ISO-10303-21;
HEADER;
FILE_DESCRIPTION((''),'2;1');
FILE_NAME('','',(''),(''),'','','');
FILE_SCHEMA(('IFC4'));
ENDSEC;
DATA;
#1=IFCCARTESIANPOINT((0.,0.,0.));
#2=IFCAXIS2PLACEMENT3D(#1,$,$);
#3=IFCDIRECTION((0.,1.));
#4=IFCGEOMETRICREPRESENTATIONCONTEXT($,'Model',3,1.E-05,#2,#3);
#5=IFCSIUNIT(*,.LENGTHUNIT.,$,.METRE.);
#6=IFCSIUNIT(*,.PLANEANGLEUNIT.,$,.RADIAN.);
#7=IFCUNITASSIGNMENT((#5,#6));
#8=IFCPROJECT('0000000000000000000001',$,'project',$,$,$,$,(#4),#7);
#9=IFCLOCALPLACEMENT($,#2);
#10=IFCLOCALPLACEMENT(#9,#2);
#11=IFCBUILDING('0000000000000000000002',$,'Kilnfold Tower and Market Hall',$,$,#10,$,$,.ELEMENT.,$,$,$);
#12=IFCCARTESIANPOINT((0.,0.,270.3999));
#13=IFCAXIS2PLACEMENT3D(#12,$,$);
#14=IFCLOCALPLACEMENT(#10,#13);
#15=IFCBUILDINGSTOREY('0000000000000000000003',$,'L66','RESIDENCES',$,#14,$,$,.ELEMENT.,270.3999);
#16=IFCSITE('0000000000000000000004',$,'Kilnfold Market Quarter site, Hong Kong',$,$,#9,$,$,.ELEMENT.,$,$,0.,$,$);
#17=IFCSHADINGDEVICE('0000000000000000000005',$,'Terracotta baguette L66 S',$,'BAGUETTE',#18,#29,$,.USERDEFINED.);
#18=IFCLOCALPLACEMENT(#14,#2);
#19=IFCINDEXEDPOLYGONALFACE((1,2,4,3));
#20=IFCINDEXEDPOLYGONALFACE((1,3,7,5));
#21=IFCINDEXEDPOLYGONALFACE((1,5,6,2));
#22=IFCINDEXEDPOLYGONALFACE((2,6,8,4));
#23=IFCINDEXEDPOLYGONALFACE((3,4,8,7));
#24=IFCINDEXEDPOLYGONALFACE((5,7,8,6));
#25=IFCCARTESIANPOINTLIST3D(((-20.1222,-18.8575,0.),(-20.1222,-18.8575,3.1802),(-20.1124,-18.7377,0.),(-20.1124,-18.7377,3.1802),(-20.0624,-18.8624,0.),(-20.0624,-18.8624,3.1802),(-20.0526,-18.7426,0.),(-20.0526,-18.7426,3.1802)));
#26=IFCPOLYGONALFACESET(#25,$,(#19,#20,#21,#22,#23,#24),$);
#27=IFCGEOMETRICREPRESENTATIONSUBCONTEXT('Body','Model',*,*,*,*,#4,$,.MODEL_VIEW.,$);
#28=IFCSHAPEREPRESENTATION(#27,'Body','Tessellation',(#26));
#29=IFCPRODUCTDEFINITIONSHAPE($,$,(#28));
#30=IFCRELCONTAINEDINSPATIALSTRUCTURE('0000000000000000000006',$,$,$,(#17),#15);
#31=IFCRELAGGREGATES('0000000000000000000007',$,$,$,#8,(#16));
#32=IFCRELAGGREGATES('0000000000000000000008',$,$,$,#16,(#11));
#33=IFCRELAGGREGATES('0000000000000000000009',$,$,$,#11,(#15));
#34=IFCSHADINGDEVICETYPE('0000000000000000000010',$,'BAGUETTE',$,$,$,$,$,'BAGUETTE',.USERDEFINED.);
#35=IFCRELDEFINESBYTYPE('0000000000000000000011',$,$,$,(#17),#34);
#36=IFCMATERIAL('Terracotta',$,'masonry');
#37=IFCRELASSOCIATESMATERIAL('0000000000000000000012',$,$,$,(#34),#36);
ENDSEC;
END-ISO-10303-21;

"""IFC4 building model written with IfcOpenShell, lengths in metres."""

from ifc_helpers import new_model, si_unit, direction, frame, origin, origin_2d, place, context, subcontext, project, spatial, rectangle, extrude, source, transform, mapped, material, material_profile, profile_set, type_object, element, save


model = new_model("IFC4")

# Units and contexts
model_context = context("Model", 3, precision=1e-05, world=origin(), true_north=direction((0.0, 1.0)))
body_context = subcontext(model_context, "Body", "Model", "MODEL_VIEW")
ifc_project = project(units=[si_unit("LENGTHUNIT", "METRE"), si_unit("PLANEANGLEUNIT", "RADIAN")], contexts=[model_context])

# Site, building, storey
site_placement = place(None, origin())
site = spatial("IfcSite", under=ifc_project, at=site_placement, Name="Kilnfold Market Quarter site, Hong Kong", CompositionType="ELEMENT", RefElevation=0.0)
building_placement = place(site_placement, origin())
building = spatial("IfcBuilding", under=site, at=building_placement, Name="Kilnfold Tower and Market Hall", CompositionType="ELEMENT")
storey_placement = place(building_placement, frame((0.0, 0.0, 270.3999)))
storey = spatial("IfcBuildingStorey", under=building, at=storey_placement, Name="L66", Description="RESIDENCES", CompositionType="ELEMENT", Elevation=270.3999)

# Shading device
ifc_material_1 = material(Name="Terracotta", Category="masonry")
ifc_material_profile_1 = material_profile(ifc_material_1, rectangle(XDim=0.0601, YDim=0.1201, at=origin_2d()), Name="BAG 60x120")
ifc_profile_set_1 = profile_set([ifc_material_profile_1], Name="Terracotta")
shading_device_type = type_object("IfcShadingDeviceType", Name="BAGUETTE", ElementType="BAGUETTE", PredefinedType="USERDEFINED", material=ifc_profile_set_1)
shared_shape_1 = source(origin(), body_context, "Body", "SweptSolid", [
    extrude(rectangle(XDim=0.0601, YDim=0.1201, at=origin_2d()), origin(), (0.0, 0.0, 1.0), 3.1802),
])
shading_device_placement = place(storey_placement, frame((-20.0874, -18.8, 0.0), z_axis=(0.0, 0.0, 1.0), x_axis=(0.996669, -0.081549, 0.0)))
element("IfcShadingDevice", 1, at=shading_device_placement, inside=storey, type_object=shading_device_type, Name="Terracotta baguette L66 S", ObjectType="BAGUETTE", PredefinedType="USERDEFINED", context=body_context, shape_type="MappedRepresentation", body=[
    mapped(shared_shape_1, transform((0.0, 0.0, 0.0))),
])

save(model, "model.ifc")
